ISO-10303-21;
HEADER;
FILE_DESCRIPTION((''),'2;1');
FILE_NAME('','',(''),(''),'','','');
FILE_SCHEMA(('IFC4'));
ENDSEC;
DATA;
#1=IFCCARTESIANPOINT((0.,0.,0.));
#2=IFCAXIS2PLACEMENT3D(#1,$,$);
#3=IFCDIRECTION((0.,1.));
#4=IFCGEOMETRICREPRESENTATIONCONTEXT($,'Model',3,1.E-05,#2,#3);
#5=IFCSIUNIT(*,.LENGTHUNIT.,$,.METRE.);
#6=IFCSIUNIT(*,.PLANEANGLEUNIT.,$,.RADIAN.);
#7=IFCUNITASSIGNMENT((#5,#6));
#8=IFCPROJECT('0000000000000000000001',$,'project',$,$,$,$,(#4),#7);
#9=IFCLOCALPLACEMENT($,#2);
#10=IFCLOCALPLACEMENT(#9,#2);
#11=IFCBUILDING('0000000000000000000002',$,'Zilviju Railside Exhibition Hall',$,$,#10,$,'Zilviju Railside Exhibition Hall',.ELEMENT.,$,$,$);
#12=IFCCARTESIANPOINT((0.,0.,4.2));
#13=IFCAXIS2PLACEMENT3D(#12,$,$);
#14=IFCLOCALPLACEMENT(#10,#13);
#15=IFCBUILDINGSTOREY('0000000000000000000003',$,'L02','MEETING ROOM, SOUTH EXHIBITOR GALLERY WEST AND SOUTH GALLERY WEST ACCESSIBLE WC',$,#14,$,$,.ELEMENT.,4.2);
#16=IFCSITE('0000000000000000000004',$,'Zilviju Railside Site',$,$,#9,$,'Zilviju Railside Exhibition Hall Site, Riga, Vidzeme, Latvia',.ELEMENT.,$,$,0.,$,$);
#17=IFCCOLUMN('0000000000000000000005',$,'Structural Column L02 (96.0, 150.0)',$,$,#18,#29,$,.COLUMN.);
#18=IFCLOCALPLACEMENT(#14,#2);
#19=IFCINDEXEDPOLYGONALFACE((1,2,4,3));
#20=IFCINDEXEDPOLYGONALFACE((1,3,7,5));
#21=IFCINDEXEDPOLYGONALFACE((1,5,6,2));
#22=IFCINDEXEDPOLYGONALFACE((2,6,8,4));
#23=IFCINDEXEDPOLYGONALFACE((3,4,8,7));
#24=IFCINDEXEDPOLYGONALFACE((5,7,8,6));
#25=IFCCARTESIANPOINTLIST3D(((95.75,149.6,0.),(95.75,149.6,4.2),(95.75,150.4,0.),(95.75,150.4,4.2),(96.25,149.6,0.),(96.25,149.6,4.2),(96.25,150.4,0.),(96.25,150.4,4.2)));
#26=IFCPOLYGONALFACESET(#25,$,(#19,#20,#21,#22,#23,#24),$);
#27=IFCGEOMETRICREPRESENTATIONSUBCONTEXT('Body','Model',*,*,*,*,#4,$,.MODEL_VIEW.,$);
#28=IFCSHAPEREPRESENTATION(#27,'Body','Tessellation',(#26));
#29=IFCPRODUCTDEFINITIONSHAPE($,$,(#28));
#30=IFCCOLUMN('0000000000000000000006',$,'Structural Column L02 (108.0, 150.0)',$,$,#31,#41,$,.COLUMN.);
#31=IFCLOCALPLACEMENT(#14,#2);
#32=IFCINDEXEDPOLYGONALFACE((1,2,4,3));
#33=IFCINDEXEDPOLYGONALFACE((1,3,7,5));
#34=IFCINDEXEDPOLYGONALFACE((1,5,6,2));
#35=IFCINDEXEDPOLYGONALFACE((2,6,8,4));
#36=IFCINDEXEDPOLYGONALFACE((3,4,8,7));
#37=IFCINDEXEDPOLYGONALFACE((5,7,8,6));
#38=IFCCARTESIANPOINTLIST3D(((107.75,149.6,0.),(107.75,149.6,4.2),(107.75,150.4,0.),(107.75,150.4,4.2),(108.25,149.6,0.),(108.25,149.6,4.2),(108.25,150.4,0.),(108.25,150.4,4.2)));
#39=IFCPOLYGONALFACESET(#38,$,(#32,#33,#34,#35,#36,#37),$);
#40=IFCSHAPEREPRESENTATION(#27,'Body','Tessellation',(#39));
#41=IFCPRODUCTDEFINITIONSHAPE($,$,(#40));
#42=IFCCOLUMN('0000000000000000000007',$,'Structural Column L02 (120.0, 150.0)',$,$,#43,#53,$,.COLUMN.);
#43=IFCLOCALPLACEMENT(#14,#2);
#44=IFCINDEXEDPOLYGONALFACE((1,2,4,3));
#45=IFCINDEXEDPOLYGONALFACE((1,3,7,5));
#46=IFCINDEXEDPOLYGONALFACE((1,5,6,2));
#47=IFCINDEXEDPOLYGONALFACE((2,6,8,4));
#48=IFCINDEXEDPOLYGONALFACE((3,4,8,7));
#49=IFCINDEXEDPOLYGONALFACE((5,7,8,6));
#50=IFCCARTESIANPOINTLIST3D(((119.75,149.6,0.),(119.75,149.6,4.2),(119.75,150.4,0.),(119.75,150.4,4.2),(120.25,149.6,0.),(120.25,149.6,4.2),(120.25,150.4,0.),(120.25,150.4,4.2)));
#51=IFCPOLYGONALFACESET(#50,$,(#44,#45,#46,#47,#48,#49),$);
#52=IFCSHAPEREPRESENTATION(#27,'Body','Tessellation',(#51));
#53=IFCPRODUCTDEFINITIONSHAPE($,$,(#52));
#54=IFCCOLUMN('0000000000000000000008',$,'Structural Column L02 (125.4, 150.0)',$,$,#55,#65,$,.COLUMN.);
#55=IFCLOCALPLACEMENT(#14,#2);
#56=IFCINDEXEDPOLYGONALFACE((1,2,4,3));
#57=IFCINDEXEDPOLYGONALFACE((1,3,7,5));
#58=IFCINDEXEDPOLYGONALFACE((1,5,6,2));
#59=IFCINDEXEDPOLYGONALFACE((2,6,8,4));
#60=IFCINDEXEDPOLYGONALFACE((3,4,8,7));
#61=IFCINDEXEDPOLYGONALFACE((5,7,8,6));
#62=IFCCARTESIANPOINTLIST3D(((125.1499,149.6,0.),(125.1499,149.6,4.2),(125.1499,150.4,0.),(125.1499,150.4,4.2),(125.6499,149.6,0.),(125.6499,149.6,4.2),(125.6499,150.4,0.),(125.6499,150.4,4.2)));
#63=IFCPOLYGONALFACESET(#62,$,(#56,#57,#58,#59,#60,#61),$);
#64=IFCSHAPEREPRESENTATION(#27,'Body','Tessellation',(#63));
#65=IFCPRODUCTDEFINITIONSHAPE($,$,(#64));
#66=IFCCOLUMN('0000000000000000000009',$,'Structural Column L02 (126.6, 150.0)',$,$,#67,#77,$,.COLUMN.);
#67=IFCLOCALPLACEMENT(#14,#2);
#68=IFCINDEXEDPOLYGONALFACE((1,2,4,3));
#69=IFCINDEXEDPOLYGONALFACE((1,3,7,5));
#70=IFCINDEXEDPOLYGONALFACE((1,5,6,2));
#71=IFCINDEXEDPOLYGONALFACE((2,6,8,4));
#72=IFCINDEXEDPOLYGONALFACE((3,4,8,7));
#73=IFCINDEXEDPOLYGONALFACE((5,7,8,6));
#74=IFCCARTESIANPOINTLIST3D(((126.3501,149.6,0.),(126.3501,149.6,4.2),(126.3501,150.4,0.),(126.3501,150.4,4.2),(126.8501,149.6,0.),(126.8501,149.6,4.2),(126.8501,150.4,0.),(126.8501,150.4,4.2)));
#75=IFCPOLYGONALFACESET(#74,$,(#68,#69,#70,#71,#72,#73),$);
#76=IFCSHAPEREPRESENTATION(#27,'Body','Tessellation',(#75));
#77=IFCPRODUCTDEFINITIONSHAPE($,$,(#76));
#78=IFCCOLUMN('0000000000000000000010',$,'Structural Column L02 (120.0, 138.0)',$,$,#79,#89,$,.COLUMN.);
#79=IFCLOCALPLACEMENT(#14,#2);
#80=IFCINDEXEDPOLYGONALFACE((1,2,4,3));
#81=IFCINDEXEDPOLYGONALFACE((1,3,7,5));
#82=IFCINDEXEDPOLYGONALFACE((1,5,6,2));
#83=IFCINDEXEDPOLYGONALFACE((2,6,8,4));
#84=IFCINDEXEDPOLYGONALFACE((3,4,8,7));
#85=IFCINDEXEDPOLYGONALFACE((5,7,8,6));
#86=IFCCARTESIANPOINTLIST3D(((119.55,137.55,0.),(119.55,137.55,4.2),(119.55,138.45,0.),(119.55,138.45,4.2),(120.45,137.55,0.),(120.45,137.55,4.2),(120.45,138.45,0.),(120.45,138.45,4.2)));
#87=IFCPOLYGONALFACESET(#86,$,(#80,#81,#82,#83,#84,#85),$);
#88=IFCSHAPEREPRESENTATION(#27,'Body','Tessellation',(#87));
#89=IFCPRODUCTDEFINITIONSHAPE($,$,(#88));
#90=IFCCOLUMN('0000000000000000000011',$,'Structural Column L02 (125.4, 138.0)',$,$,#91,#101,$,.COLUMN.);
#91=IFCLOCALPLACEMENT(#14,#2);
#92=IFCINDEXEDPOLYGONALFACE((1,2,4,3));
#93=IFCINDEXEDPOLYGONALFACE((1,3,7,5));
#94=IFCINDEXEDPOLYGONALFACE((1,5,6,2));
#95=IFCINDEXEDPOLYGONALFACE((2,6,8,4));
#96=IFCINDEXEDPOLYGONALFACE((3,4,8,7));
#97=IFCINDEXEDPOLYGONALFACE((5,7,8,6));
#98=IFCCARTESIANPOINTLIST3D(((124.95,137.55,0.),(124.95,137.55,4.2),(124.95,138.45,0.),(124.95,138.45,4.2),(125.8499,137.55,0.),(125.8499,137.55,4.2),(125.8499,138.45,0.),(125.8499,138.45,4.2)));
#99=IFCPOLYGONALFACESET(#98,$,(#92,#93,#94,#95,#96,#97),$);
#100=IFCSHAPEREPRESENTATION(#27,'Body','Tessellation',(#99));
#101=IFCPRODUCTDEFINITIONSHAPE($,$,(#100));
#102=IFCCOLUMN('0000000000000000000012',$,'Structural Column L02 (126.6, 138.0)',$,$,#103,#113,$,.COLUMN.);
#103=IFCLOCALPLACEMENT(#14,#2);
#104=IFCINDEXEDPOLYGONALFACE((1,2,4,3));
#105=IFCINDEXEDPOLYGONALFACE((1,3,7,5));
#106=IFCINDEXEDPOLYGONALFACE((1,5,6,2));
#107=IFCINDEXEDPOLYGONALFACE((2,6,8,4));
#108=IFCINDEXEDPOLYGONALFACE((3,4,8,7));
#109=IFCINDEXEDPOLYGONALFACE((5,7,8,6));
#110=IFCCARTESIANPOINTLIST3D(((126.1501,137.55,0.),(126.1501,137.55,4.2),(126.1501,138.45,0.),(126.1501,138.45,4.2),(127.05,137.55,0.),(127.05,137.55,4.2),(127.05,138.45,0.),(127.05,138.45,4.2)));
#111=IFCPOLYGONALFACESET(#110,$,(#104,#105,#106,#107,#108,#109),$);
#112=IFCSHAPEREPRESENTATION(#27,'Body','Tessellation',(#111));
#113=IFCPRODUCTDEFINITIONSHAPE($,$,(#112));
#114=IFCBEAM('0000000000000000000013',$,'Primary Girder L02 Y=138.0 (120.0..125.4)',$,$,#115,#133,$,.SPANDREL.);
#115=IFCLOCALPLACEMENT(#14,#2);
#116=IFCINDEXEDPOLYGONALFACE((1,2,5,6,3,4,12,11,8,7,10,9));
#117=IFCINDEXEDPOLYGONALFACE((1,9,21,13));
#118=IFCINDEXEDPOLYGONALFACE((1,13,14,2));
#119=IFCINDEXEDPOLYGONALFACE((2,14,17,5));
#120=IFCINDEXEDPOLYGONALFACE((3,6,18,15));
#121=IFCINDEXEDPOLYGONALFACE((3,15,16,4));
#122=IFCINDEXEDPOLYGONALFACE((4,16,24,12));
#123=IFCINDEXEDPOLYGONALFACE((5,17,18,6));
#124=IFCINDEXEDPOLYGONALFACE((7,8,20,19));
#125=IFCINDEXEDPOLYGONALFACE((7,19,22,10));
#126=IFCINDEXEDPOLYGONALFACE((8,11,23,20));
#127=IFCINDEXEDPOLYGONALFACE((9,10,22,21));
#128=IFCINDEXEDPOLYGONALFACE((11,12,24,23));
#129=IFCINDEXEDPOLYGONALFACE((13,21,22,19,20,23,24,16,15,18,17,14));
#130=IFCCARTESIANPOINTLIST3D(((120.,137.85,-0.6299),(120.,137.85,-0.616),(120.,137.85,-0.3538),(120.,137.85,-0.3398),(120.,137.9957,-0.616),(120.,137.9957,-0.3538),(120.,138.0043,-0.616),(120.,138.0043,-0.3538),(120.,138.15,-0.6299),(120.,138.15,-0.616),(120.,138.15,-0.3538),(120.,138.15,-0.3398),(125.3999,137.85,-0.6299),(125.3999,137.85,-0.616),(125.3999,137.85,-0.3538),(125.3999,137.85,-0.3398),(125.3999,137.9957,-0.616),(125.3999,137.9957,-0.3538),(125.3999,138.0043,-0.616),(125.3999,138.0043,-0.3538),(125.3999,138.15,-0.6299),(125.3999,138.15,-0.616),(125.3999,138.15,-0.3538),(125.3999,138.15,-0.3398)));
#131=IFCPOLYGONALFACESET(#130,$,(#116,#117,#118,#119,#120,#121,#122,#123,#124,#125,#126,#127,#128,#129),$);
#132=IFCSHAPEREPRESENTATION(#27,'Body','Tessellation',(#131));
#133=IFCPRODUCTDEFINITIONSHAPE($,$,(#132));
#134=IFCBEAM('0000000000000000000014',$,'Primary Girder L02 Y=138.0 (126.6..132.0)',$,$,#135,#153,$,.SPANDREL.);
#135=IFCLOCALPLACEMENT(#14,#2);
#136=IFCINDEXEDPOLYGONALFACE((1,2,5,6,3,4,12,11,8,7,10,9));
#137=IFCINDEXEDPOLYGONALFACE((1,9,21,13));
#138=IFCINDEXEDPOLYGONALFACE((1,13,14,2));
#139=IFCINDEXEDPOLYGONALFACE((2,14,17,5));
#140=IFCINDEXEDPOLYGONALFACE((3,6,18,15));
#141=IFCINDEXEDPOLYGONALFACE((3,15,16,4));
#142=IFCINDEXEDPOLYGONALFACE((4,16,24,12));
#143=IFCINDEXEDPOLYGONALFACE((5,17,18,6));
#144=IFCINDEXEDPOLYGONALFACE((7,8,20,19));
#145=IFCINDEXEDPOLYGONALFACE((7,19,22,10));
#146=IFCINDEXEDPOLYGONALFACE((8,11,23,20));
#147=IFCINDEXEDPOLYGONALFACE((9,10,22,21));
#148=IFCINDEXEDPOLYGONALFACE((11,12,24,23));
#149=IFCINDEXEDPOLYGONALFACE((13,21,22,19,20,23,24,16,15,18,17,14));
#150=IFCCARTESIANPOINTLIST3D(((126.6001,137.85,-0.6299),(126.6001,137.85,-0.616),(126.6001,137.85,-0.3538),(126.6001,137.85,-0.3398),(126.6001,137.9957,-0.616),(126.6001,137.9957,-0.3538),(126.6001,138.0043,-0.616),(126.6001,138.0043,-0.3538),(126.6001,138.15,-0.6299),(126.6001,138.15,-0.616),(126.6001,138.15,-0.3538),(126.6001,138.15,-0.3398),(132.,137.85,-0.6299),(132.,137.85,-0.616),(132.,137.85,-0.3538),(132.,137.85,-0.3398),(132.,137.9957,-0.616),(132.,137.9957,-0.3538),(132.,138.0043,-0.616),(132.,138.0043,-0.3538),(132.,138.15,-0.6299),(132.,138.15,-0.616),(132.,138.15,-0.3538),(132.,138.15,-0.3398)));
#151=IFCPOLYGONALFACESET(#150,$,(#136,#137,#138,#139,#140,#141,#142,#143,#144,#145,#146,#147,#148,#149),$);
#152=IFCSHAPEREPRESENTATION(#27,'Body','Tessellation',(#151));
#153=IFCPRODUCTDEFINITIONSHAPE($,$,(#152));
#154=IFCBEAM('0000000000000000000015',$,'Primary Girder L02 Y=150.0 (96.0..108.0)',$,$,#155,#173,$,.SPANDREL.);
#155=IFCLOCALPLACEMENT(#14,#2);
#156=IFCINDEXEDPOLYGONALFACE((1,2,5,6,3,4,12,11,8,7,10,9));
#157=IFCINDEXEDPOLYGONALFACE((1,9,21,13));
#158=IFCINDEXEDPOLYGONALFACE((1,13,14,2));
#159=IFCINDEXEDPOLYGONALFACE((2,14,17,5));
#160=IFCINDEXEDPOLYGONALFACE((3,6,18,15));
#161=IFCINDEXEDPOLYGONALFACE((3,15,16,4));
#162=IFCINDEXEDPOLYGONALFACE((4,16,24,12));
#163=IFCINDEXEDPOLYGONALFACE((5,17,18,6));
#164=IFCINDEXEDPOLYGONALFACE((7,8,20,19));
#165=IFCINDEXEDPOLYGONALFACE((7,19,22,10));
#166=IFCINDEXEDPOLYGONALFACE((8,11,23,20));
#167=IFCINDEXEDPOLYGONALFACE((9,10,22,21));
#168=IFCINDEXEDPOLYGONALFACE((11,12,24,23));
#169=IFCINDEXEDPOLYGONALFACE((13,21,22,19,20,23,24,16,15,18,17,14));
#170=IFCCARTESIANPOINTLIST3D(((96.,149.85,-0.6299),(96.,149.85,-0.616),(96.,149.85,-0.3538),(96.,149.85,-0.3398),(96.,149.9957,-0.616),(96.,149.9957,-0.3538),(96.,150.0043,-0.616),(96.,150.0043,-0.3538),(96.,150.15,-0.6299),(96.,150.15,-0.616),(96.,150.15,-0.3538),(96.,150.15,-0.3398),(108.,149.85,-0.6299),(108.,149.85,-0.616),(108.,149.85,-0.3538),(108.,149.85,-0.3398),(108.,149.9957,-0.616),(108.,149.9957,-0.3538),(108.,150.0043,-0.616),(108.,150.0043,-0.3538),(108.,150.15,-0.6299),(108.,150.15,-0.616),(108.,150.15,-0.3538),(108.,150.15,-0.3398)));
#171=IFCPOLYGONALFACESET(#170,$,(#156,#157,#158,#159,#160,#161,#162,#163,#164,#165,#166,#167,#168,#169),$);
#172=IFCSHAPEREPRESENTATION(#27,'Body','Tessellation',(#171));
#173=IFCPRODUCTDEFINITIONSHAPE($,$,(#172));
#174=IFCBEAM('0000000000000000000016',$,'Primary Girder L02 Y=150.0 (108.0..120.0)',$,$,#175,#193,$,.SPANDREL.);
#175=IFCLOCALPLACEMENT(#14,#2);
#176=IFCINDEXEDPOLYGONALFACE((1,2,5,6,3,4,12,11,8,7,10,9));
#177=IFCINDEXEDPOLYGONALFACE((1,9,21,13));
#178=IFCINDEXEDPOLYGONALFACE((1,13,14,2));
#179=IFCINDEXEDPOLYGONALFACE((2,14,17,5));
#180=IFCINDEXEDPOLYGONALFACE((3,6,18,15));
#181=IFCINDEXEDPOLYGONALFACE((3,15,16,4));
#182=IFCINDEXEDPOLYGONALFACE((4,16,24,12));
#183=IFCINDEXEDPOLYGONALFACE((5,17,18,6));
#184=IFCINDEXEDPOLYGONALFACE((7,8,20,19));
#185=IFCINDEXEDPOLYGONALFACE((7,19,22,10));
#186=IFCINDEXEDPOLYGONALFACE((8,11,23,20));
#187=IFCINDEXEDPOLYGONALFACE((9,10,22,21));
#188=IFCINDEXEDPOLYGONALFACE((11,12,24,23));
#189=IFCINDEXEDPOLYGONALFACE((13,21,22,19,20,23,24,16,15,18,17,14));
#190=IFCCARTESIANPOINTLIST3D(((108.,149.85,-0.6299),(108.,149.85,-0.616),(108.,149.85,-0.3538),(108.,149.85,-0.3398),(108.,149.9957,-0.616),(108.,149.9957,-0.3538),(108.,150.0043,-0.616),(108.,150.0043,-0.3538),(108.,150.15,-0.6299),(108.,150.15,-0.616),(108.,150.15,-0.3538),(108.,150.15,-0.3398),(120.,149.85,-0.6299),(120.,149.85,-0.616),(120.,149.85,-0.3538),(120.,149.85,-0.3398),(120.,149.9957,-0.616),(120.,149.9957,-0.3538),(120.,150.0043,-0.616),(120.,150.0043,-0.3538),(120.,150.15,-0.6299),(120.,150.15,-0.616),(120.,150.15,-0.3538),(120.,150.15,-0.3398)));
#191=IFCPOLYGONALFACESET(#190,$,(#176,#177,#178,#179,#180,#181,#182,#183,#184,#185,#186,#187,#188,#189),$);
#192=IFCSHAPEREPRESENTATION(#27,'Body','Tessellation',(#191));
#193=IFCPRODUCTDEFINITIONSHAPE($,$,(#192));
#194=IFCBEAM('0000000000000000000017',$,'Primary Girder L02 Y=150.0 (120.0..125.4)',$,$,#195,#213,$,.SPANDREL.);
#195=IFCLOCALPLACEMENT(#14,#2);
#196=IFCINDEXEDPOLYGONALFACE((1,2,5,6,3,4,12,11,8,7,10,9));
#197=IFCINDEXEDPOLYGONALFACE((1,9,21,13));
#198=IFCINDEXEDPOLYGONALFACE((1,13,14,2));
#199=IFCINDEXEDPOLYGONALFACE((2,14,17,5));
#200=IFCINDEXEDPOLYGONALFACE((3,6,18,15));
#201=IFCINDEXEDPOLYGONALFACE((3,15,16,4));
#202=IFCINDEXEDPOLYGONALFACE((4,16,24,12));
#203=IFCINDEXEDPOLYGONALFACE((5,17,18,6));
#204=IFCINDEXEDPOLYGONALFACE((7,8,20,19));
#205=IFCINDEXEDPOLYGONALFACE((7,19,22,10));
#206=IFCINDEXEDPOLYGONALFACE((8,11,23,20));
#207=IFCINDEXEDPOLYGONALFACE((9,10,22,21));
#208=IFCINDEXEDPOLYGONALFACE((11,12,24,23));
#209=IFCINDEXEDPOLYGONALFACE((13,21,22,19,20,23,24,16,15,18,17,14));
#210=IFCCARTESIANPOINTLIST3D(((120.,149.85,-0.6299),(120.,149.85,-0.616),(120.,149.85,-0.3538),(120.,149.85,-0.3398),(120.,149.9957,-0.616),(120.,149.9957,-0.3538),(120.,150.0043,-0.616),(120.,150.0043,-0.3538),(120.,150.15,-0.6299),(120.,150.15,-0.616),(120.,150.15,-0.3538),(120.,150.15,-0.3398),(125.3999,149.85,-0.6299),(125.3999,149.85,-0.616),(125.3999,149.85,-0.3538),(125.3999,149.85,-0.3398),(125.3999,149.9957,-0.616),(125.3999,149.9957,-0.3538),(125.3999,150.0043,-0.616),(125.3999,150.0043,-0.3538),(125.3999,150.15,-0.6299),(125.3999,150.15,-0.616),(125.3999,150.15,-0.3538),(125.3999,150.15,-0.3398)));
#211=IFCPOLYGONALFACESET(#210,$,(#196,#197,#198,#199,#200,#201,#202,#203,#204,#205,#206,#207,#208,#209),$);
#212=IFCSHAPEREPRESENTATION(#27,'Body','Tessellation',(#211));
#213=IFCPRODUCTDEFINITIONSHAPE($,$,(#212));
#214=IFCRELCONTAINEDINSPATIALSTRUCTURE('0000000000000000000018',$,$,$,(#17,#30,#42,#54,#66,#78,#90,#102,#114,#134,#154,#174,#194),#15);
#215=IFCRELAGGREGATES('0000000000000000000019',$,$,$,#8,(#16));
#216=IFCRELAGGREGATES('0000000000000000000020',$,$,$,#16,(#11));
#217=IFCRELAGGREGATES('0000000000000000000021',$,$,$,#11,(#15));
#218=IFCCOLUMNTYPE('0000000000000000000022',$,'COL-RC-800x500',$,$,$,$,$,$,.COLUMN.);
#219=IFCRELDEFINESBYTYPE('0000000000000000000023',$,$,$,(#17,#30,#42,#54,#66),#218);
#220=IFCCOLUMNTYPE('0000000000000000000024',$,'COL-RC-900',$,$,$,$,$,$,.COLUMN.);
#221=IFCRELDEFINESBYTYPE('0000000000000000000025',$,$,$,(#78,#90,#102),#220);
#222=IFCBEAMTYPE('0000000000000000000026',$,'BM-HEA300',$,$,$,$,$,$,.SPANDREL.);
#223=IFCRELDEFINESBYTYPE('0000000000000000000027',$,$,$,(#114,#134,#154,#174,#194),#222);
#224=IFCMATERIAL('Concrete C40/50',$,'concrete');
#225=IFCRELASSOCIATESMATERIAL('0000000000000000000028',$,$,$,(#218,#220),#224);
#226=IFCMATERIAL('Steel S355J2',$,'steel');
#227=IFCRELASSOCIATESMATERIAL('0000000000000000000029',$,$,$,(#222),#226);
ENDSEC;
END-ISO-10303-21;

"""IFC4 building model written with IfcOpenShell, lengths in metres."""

from ifc_helpers import new_model, si_unit, direction, frame, origin, origin_2d, place, context, subcontext, project, spatial, rectangle, i_section, extrude, material, material_profile, profile_set, type_object, element, save


model = new_model("IFC4")

# Units and contexts
model_context = context("Model", 3, precision=1e-05, world=origin(), true_north=direction((0.0, 1.0)))
body_context = subcontext(model_context, "Body", "Model", "MODEL_VIEW")
ifc_project = project(units=[si_unit("LENGTHUNIT", "METRE"), si_unit("PLANEANGLEUNIT", "RADIAN")], contexts=[model_context])

# Site, building, storey
site_placement = place(None, origin())
site = spatial("IfcSite", under=ifc_project, at=site_placement, Name="Zilviju Railside Site", LongName="Zilviju Railside Exhibition Hall Site, Riga, Vidzeme, Latvia", CompositionType="ELEMENT", RefElevation=0.0)
building_placement = place(site_placement, origin())
building = spatial("IfcBuilding", under=site, at=building_placement, Name="Zilviju Railside Exhibition Hall", LongName="Zilviju Railside Exhibition Hall", CompositionType="ELEMENT")
storey_placement = place(building_placement, frame((0.0, 0.0, 4.2)))
storey = spatial("IfcBuildingStorey", under=building, at=storey_placement, Name="L02", Description="MEETING ROOM, SOUTH EXHIBITOR GALLERY WEST AND SOUTH GALLERY WEST ACCESSIBLE WC", CompositionType="ELEMENT", Elevation=4.2)

# Columns
ifc_material_1 = material(Name="Concrete C40/50", Category="concrete")
ifc_material_profile_1 = material_profile(ifc_material_1, rectangle(XDim=0.5, YDim=0.8, at=origin_2d()), Name="RC COL 500x800")
ifc_profile_set_1 = profile_set([ifc_material_profile_1], Name="Concrete C40/50")
column_type_1 = type_object("IfcColumnType", Name="COL-RC-800x500", PredefinedType="COLUMN", material=ifc_profile_set_1)
for number, where, z_axis, x_axis, name in (
    (1, (96.0, 150.0, 0.0), (0.0, 0.0, 1.0), (1.0, 0.0, 0.0), "Structural Column L02 (96.0, 150.0)"),
    (2, (108.0, 150.0, 0.0), (0.0, 0.0, 1.0), (1.0, 0.0, 0.0), "Structural Column L02 (108.0, 150.0)"),
    (3, (120.0, 150.0, 0.0), (0.0, 0.0, 1.0), (1.0, 0.0, 0.0), "Structural Column L02 (120.0, 150.0)"),
    (4, (125.3999, 150.0, 0.0), (0.0, 0.0, 1.0), (1.0, 0.0, 0.0), "Structural Column L02 (125.4, 150.0)"),
    (5, (126.6001, 150.0, 0.0), (0.0, 0.0, 1.0), (1.0, 0.0, 0.0), "Structural Column L02 (126.6, 150.0)"),
):
    element("IfcColumn", number, at=place(storey_placement, frame(where, z_axis=z_axis, x_axis=x_axis)), inside=storey, type_object=column_type_1, Name=name, PredefinedType="COLUMN", context=body_context, shape_type="SweptSolid", body=[
        extrude(rectangle(XDim=0.5, YDim=0.8, at=origin_2d()), origin(), (0.0, 0.0, 1.0), 4.2),
    ])
ifc_material_profile_2 = material_profile(ifc_material_1, rectangle(XDim=0.8999, YDim=0.8999, at=origin_2d()), Name="RC COL 900x900")
ifc_profile_set_2 = profile_set([ifc_material_profile_2], Name="Concrete C40/50")
column_type_2 = type_object("IfcColumnType", Name="COL-RC-900", PredefinedType="COLUMN", material=ifc_profile_set_2)
for number, where, z_axis, x_axis, name in (
    (6, (120.0, 138.0, 0.0), (0.0, 0.0, 1.0), (1.0, 0.0, 0.0), "Structural Column L02 (120.0, 138.0)"),
    (7, (125.3999, 138.0, 0.0), (0.0, 0.0, 1.0), (1.0, 0.0, 0.0), "Structural Column L02 (125.4, 138.0)"),
    (8, (126.6001, 138.0, 0.0), (0.0, 0.0, 1.0), (1.0, 0.0, 0.0), "Structural Column L02 (126.6, 138.0)"),
):
    element("IfcColumn", number, at=place(storey_placement, frame(where, z_axis=z_axis, x_axis=x_axis)), inside=storey, type_object=column_type_2, Name=name, PredefinedType="COLUMN", context=body_context, shape_type="SweptSolid", body=[
        extrude(rectangle(XDim=0.8999, YDim=0.8999, at=origin_2d()), origin(), (0.0, 0.0, 1.0), 4.2),
    ])

# Beams
ifc_material_2 = material(Name="Steel S355J2", Category="steel")
ifc_material_profile_3 = material_profile(ifc_material_2, i_section(OverallWidth=0.3, OverallDepth=0.29, WebThickness=0.0085, FlangeThickness=0.0139, at=origin_2d()), Name="HEA 300")
ifc_profile_set_3 = profile_set([ifc_material_profile_3], Name="Steel S355J2")
beam_type = type_object("IfcBeamType", Name="BM-HEA300", PredefinedType="SPANDREL", material=ifc_profile_set_3)
for number, where, z_axis, x_axis, name in (
    (9, (120.0, 138.0, -0.4849), (1.0, 0.0, 0.0), (0.0, 1.0, 0.0), "Primary Girder L02 Y=138.0 (120.0..125.4)"),
    (10, (126.6001, 138.0, -0.4849), (1.0, 0.0, 0.0), (0.0, 1.0, 0.0), "Primary Girder L02 Y=138.0 (126.6..132.0)"),
):
    element("IfcBeam", number, at=place(storey_placement, frame(where, z_axis=z_axis, x_axis=x_axis)), inside=storey, type_object=beam_type, Name=name, PredefinedType="SPANDREL", context=body_context, shape_type="SweptSolid", body=[
        extrude(i_section(OverallWidth=0.3, OverallDepth=0.29, WebThickness=0.0085, FlangeThickness=0.0139, at=origin_2d()), origin(), (0.0, 0.0, 1.0), 5.3999),
    ])
for number, where, z_axis, x_axis, name in (
    (11, (96.0, 150.0, -0.4849), (1.0, 0.0, 0.0), (0.0, 1.0, 0.0), "Primary Girder L02 Y=150.0 (96.0..108.0)"),
    (12, (108.0, 150.0, -0.4849), (1.0, 0.0, 0.0), (0.0, 1.0, 0.0), "Primary Girder L02 Y=150.0 (108.0..120.0)"),
):
    element("IfcBeam", number, at=place(storey_placement, frame(where, z_axis=z_axis, x_axis=x_axis)), inside=storey, type_object=beam_type, Name=name, PredefinedType="SPANDREL", context=body_context, shape_type="SweptSolid", body=[
        extrude(i_section(OverallWidth=0.3, OverallDepth=0.29, WebThickness=0.0085, FlangeThickness=0.0139, at=origin_2d()), origin(), (0.0, 0.0, 1.0), 12.0),
    ])
for number, where, z_axis, x_axis, name in (
    (13, (120.0, 150.0, -0.4849), (1.0, 0.0, 0.0), (0.0, 1.0, 0.0), "Primary Girder L02 Y=150.0 (120.0..125.4)"),
):
    element("IfcBeam", number, at=place(storey_placement, frame(where, z_axis=z_axis, x_axis=x_axis)), inside=storey, type_object=beam_type, Name=name, PredefinedType="SPANDREL", context=body_context, shape_type="SweptSolid", body=[
        extrude(i_section(OverallWidth=0.3, OverallDepth=0.29, WebThickness=0.0085, FlangeThickness=0.0139, at=origin_2d()), origin(), (0.0, 0.0, 1.0), 5.3999),
    ])

save(model, "model.ifc")
